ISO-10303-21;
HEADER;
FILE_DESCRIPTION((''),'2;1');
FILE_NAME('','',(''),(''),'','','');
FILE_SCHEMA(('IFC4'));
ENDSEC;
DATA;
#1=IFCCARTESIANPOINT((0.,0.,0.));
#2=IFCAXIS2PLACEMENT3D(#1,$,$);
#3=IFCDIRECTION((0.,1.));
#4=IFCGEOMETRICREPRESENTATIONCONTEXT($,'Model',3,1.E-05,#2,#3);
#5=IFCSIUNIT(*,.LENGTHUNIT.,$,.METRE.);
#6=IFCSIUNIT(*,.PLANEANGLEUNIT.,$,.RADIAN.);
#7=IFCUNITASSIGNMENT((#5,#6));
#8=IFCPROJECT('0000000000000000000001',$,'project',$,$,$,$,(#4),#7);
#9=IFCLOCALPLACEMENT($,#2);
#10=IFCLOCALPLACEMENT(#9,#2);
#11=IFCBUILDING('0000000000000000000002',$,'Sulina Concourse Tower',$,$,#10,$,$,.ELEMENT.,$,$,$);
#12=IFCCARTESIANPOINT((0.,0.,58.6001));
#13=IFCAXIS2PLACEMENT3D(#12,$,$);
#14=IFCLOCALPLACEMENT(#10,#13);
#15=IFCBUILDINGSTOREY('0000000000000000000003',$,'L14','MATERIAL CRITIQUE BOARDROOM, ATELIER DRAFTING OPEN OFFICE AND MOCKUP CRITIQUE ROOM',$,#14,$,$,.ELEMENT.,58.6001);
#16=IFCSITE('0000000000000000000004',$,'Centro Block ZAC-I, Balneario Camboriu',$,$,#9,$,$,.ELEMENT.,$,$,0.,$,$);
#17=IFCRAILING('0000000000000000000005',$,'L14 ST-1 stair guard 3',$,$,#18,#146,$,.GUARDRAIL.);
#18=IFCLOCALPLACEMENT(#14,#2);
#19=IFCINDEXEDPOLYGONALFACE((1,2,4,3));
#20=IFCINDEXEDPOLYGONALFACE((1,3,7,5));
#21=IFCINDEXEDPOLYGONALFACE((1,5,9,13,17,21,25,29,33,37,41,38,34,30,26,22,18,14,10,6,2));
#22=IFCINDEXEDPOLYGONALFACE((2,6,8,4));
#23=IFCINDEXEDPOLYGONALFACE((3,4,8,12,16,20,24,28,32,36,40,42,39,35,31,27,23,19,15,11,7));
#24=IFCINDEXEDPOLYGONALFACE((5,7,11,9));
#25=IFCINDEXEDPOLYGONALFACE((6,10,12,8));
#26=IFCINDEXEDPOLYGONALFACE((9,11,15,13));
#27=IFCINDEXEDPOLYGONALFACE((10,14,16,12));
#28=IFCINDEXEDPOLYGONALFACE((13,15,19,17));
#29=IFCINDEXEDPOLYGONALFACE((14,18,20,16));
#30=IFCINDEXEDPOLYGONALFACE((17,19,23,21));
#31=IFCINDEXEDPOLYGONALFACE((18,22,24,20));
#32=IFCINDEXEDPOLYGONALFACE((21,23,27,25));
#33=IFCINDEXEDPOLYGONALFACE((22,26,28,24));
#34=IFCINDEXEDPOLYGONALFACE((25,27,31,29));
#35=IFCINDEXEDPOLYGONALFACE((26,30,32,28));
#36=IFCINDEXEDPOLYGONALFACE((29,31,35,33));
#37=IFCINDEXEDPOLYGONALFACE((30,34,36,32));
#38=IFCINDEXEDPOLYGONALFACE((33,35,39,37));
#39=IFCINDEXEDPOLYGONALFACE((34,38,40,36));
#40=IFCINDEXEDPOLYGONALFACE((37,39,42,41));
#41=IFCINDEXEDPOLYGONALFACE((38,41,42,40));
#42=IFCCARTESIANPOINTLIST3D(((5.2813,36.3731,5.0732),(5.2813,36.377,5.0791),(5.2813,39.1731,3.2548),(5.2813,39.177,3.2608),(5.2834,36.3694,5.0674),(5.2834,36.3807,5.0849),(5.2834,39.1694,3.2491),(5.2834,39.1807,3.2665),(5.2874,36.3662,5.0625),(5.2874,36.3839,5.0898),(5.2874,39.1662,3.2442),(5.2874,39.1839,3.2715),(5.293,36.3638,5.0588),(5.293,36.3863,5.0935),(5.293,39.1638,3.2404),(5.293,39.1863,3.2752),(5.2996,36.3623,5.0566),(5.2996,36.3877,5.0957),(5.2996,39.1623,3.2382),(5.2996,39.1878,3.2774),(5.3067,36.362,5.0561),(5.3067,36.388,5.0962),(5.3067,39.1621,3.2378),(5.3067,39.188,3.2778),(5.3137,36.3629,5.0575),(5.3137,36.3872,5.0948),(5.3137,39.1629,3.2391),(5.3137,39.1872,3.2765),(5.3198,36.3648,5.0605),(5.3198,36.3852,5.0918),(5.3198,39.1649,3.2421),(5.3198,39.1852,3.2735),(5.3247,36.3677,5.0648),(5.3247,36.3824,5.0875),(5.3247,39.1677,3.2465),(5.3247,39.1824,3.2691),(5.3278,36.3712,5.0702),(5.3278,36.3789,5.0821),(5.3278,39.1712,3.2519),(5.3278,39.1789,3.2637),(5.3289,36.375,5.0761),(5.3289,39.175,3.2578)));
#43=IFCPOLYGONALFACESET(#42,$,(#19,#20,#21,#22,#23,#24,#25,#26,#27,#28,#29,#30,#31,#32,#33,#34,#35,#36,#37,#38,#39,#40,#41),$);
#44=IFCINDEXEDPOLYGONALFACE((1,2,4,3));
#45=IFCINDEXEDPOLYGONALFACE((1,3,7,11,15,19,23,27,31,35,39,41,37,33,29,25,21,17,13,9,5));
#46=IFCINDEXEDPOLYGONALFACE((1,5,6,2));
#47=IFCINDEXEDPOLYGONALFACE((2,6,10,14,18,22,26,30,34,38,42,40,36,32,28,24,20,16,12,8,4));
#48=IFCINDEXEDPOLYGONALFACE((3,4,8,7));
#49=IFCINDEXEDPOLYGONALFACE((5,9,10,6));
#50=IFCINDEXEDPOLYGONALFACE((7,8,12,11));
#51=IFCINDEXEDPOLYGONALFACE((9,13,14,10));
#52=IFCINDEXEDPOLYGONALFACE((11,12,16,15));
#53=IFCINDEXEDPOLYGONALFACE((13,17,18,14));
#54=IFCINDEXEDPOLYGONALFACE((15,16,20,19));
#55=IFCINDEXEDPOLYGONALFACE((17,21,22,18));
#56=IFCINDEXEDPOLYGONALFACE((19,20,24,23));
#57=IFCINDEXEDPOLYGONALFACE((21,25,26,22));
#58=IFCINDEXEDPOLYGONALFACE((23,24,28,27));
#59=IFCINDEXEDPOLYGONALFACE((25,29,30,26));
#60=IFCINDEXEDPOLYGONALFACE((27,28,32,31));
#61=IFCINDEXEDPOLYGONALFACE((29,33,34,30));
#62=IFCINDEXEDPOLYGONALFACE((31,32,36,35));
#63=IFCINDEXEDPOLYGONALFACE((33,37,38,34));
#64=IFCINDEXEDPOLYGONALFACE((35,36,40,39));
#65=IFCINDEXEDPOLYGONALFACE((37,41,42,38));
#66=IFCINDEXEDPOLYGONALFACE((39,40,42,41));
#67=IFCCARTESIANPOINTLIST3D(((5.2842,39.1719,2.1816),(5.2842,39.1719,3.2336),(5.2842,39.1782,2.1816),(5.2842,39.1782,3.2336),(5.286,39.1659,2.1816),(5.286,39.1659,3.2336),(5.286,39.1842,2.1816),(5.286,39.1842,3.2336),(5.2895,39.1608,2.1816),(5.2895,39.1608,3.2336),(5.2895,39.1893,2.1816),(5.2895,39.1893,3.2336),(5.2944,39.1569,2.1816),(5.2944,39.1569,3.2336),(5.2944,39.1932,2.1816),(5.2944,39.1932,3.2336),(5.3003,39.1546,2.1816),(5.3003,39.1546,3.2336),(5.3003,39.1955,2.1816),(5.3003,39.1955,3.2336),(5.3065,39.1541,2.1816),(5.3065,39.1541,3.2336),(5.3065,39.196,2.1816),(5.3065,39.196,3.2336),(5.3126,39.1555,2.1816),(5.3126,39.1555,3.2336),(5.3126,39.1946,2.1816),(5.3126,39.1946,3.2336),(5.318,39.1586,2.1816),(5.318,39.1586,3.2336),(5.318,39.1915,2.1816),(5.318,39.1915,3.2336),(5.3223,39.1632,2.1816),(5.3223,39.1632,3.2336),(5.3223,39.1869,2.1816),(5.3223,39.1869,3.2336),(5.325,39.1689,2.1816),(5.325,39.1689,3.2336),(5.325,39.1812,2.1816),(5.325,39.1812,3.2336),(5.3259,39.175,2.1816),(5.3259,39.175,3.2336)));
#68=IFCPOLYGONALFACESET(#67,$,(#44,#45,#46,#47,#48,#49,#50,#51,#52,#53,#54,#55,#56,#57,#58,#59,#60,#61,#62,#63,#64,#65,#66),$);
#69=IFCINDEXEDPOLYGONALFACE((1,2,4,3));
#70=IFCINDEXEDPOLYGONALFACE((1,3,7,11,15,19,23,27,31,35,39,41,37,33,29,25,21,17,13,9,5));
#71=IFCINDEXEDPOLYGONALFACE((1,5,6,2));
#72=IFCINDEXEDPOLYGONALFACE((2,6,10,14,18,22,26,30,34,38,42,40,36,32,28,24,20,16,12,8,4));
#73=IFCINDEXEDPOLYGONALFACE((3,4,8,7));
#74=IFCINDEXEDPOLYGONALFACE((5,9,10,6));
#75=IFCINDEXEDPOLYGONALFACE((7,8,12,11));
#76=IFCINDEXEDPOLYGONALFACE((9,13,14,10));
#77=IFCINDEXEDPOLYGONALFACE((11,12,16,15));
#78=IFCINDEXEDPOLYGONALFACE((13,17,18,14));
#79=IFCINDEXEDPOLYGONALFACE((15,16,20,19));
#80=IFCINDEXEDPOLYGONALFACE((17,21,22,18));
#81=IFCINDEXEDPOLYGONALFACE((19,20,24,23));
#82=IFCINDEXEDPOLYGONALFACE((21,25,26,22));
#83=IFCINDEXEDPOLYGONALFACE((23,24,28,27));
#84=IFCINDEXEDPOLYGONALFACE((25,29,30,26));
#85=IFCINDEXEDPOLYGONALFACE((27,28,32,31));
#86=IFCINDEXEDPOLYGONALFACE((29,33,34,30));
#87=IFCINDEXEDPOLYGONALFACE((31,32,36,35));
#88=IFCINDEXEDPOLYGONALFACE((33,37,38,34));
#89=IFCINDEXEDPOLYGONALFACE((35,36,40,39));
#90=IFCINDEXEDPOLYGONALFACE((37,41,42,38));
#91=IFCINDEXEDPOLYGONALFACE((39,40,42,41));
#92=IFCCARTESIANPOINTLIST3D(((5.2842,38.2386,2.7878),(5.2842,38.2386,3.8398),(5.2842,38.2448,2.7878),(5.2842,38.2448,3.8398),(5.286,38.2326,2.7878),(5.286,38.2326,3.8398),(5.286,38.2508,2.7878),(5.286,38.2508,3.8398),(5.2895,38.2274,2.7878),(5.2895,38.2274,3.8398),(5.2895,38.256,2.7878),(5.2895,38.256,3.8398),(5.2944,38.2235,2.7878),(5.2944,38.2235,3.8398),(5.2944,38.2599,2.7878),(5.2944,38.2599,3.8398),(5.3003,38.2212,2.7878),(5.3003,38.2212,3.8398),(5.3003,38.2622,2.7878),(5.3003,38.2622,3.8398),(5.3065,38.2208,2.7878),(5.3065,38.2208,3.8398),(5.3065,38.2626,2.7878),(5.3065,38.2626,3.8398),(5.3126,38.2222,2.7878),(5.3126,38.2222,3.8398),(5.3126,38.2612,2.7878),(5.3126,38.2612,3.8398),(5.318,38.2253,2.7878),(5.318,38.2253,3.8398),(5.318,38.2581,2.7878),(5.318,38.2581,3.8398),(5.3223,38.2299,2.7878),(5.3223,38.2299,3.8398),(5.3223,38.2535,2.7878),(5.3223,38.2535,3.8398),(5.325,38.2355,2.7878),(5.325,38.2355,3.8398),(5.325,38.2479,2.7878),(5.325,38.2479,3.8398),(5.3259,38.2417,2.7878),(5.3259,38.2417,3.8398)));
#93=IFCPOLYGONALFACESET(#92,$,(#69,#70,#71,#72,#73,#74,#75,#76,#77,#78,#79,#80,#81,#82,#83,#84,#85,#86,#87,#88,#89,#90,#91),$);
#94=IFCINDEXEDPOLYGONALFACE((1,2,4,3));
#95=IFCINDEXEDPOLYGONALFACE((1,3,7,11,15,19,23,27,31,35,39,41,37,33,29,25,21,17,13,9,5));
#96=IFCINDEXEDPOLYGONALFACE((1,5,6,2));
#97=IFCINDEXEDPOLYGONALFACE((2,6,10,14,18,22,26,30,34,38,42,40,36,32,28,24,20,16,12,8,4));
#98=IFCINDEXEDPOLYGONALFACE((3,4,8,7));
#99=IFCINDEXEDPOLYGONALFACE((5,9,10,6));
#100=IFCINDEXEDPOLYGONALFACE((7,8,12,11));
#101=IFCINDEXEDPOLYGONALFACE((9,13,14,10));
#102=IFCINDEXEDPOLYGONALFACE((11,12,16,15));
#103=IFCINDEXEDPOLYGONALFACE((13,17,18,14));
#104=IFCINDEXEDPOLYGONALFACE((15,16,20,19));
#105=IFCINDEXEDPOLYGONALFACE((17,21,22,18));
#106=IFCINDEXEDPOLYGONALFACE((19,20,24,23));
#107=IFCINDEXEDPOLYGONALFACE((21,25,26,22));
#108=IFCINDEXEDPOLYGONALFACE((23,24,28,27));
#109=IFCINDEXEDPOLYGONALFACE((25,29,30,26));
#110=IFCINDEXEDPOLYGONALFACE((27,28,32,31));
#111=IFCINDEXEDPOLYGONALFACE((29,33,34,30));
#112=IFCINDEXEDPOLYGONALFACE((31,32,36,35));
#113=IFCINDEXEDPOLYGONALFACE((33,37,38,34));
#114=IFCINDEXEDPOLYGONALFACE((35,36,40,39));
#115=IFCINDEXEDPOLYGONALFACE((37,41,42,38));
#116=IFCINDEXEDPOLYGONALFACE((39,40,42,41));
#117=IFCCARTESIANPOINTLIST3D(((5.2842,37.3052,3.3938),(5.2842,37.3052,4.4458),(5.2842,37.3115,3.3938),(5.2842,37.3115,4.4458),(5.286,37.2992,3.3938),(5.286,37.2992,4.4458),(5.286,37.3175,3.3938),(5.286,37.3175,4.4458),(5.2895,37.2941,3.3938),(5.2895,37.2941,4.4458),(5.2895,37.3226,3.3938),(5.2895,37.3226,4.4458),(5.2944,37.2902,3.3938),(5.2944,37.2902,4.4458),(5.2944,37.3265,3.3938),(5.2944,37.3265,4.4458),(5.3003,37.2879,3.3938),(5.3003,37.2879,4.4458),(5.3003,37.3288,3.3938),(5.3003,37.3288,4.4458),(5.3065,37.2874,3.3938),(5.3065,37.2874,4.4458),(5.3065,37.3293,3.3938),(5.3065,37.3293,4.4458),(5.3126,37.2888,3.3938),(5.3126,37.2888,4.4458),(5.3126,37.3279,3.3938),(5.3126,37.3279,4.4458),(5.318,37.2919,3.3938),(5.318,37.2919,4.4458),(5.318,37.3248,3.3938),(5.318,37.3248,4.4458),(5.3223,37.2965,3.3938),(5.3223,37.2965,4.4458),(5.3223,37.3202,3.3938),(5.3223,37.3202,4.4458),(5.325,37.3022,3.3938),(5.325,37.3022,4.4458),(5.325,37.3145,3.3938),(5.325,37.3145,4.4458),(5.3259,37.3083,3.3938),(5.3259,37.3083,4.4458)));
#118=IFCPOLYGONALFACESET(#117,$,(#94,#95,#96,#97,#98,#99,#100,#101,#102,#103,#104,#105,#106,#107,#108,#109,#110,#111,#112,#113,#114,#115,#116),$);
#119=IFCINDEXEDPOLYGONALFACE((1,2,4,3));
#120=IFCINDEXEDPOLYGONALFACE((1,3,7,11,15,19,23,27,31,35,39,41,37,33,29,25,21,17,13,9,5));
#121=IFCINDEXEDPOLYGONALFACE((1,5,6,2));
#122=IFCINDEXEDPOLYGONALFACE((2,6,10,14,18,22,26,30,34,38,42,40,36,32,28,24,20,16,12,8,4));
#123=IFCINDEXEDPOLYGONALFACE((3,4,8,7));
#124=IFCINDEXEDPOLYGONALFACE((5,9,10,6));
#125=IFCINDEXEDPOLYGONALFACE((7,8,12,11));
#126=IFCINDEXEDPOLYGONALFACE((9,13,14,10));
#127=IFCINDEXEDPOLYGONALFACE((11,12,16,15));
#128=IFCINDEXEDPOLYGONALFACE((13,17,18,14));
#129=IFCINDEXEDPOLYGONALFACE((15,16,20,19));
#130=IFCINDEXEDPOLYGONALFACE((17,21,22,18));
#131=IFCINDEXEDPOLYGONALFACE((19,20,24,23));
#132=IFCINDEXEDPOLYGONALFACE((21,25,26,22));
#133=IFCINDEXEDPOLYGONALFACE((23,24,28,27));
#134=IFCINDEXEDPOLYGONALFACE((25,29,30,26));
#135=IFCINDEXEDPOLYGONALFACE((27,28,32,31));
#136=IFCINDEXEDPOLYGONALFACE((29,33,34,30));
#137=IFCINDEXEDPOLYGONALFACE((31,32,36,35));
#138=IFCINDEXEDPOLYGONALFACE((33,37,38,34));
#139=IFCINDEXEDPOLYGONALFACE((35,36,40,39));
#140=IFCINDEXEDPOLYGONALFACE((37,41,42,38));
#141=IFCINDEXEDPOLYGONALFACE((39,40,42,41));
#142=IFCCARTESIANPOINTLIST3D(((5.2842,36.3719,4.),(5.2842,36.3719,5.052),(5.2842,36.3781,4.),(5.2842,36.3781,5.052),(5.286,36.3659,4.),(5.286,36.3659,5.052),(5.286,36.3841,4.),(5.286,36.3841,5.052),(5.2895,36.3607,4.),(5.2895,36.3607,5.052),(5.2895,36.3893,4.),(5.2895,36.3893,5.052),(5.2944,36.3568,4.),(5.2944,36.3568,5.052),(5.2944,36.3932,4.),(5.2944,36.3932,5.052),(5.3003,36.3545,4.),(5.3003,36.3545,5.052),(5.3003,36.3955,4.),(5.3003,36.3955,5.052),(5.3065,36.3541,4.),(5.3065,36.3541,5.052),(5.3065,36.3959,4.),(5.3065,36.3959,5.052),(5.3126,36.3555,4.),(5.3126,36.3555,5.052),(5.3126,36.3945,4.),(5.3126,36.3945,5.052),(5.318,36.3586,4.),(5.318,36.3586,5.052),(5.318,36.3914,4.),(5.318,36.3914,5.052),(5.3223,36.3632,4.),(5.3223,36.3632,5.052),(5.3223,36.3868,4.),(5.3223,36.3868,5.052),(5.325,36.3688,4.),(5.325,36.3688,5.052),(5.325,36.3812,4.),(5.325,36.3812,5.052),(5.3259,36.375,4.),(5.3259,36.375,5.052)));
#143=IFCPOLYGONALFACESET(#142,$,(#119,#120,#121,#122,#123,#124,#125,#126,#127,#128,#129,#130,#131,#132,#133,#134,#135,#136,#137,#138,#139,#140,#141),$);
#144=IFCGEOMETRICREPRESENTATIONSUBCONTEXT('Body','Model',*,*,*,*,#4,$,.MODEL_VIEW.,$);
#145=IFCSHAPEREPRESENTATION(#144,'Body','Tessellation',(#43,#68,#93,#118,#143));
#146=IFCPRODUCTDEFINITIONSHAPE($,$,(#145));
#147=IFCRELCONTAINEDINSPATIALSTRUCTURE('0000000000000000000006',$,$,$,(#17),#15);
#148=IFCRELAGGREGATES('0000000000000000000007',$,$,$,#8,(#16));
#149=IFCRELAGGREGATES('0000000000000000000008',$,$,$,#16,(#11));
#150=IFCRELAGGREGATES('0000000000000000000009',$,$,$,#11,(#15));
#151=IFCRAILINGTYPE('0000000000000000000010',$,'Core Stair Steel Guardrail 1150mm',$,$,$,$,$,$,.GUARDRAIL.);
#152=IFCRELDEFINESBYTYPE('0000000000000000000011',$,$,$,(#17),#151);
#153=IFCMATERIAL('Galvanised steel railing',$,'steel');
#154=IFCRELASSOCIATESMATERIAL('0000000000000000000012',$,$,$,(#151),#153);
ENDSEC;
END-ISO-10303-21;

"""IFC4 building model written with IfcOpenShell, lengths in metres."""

from ifc_helpers import new_model, si_unit, direction, frame, origin, origin_2d, place, context, subcontext, project, spatial, circle, extrude, material, type_object, element, save


model = new_model("IFC4")

# Units and contexts
model_context = context("Model", 3, precision=1e-05, world=origin(), true_north=direction((0.0, 1.0)))
body_context = subcontext(model_context, "Body", "Model", "MODEL_VIEW")
ifc_project = project(units=[si_unit("LENGTHUNIT", "METRE"), si_unit("PLANEANGLEUNIT", "RADIAN")], contexts=[model_context])

# Site, building, storey
site_placement = place(None, origin())
site = spatial("IfcSite", under=ifc_project, at=site_placement, Name="Centro Block ZAC-I, Balneario Camboriu", CompositionType="ELEMENT", RefElevation=0.0)
building_placement = place(site_placement, origin())
building = spatial("IfcBuilding", under=site, at=building_placement, Name="Sulina Concourse Tower", CompositionType="ELEMENT")
storey_placement = place(building_placement, frame((0.0, 0.0, 58.6001)))
storey = spatial("IfcBuildingStorey", under=building, at=storey_placement, Name="L14", Description="MATERIAL CRITIQUE BOARDROOM, ATELIER DRAFTING OPEN OFFICE AND MOCKUP CRITIQUE ROOM", CompositionType="ELEMENT", Elevation=58.6001)

# Railing
ifc_material_1 = material(Name="Galvanised steel railing", Category="steel")
railing_type_1 = type_object("IfcRailingType", Name="Core Stair Steel Guardrail 1150mm", PredefinedType="GUARDRAIL", material=ifc_material_1)
railing_1_placement = place(storey_placement, frame((5.3049, 39.175, 2.1816)))
element("IfcRailing", 1, at=railing_1_placement, inside=storey, type_object=railing_type_1, Name="L14 ST-1 stair guard 3", PredefinedType="GUARDRAIL", context=body_context, shape_type="SweptSolid", body=[
    extrude(circle(Radius=0.0239, at=origin_2d()), frame((0.0, 0.0, 1.0762), z_axis=(0.0, -0.838672, 0.544636), x_axis=(1.0, 0.0, 0.0)), (0.0, 0.0, 1.0), 3.3386),
    extrude(circle(Radius=0.021, at=origin_2d()), origin(), (0.0, 0.0, 1.0), 1.052),
    extrude(circle(Radius=0.021, at=origin_2d()), frame((0.0, -0.9333, 0.6062)), (0.0, 0.0, 1.0), 1.052),
    extrude(circle(Radius=0.021, at=origin_2d()), frame((0.0, -1.8667, 1.2122)), (0.0, 0.0, 1.0), 1.052),
    extrude(circle(Radius=0.021, at=origin_2d()), frame((0.0, -2.8, 1.8184)), (0.0, 0.0, 1.0), 1.052),
])

save(model, "model.ifc")
